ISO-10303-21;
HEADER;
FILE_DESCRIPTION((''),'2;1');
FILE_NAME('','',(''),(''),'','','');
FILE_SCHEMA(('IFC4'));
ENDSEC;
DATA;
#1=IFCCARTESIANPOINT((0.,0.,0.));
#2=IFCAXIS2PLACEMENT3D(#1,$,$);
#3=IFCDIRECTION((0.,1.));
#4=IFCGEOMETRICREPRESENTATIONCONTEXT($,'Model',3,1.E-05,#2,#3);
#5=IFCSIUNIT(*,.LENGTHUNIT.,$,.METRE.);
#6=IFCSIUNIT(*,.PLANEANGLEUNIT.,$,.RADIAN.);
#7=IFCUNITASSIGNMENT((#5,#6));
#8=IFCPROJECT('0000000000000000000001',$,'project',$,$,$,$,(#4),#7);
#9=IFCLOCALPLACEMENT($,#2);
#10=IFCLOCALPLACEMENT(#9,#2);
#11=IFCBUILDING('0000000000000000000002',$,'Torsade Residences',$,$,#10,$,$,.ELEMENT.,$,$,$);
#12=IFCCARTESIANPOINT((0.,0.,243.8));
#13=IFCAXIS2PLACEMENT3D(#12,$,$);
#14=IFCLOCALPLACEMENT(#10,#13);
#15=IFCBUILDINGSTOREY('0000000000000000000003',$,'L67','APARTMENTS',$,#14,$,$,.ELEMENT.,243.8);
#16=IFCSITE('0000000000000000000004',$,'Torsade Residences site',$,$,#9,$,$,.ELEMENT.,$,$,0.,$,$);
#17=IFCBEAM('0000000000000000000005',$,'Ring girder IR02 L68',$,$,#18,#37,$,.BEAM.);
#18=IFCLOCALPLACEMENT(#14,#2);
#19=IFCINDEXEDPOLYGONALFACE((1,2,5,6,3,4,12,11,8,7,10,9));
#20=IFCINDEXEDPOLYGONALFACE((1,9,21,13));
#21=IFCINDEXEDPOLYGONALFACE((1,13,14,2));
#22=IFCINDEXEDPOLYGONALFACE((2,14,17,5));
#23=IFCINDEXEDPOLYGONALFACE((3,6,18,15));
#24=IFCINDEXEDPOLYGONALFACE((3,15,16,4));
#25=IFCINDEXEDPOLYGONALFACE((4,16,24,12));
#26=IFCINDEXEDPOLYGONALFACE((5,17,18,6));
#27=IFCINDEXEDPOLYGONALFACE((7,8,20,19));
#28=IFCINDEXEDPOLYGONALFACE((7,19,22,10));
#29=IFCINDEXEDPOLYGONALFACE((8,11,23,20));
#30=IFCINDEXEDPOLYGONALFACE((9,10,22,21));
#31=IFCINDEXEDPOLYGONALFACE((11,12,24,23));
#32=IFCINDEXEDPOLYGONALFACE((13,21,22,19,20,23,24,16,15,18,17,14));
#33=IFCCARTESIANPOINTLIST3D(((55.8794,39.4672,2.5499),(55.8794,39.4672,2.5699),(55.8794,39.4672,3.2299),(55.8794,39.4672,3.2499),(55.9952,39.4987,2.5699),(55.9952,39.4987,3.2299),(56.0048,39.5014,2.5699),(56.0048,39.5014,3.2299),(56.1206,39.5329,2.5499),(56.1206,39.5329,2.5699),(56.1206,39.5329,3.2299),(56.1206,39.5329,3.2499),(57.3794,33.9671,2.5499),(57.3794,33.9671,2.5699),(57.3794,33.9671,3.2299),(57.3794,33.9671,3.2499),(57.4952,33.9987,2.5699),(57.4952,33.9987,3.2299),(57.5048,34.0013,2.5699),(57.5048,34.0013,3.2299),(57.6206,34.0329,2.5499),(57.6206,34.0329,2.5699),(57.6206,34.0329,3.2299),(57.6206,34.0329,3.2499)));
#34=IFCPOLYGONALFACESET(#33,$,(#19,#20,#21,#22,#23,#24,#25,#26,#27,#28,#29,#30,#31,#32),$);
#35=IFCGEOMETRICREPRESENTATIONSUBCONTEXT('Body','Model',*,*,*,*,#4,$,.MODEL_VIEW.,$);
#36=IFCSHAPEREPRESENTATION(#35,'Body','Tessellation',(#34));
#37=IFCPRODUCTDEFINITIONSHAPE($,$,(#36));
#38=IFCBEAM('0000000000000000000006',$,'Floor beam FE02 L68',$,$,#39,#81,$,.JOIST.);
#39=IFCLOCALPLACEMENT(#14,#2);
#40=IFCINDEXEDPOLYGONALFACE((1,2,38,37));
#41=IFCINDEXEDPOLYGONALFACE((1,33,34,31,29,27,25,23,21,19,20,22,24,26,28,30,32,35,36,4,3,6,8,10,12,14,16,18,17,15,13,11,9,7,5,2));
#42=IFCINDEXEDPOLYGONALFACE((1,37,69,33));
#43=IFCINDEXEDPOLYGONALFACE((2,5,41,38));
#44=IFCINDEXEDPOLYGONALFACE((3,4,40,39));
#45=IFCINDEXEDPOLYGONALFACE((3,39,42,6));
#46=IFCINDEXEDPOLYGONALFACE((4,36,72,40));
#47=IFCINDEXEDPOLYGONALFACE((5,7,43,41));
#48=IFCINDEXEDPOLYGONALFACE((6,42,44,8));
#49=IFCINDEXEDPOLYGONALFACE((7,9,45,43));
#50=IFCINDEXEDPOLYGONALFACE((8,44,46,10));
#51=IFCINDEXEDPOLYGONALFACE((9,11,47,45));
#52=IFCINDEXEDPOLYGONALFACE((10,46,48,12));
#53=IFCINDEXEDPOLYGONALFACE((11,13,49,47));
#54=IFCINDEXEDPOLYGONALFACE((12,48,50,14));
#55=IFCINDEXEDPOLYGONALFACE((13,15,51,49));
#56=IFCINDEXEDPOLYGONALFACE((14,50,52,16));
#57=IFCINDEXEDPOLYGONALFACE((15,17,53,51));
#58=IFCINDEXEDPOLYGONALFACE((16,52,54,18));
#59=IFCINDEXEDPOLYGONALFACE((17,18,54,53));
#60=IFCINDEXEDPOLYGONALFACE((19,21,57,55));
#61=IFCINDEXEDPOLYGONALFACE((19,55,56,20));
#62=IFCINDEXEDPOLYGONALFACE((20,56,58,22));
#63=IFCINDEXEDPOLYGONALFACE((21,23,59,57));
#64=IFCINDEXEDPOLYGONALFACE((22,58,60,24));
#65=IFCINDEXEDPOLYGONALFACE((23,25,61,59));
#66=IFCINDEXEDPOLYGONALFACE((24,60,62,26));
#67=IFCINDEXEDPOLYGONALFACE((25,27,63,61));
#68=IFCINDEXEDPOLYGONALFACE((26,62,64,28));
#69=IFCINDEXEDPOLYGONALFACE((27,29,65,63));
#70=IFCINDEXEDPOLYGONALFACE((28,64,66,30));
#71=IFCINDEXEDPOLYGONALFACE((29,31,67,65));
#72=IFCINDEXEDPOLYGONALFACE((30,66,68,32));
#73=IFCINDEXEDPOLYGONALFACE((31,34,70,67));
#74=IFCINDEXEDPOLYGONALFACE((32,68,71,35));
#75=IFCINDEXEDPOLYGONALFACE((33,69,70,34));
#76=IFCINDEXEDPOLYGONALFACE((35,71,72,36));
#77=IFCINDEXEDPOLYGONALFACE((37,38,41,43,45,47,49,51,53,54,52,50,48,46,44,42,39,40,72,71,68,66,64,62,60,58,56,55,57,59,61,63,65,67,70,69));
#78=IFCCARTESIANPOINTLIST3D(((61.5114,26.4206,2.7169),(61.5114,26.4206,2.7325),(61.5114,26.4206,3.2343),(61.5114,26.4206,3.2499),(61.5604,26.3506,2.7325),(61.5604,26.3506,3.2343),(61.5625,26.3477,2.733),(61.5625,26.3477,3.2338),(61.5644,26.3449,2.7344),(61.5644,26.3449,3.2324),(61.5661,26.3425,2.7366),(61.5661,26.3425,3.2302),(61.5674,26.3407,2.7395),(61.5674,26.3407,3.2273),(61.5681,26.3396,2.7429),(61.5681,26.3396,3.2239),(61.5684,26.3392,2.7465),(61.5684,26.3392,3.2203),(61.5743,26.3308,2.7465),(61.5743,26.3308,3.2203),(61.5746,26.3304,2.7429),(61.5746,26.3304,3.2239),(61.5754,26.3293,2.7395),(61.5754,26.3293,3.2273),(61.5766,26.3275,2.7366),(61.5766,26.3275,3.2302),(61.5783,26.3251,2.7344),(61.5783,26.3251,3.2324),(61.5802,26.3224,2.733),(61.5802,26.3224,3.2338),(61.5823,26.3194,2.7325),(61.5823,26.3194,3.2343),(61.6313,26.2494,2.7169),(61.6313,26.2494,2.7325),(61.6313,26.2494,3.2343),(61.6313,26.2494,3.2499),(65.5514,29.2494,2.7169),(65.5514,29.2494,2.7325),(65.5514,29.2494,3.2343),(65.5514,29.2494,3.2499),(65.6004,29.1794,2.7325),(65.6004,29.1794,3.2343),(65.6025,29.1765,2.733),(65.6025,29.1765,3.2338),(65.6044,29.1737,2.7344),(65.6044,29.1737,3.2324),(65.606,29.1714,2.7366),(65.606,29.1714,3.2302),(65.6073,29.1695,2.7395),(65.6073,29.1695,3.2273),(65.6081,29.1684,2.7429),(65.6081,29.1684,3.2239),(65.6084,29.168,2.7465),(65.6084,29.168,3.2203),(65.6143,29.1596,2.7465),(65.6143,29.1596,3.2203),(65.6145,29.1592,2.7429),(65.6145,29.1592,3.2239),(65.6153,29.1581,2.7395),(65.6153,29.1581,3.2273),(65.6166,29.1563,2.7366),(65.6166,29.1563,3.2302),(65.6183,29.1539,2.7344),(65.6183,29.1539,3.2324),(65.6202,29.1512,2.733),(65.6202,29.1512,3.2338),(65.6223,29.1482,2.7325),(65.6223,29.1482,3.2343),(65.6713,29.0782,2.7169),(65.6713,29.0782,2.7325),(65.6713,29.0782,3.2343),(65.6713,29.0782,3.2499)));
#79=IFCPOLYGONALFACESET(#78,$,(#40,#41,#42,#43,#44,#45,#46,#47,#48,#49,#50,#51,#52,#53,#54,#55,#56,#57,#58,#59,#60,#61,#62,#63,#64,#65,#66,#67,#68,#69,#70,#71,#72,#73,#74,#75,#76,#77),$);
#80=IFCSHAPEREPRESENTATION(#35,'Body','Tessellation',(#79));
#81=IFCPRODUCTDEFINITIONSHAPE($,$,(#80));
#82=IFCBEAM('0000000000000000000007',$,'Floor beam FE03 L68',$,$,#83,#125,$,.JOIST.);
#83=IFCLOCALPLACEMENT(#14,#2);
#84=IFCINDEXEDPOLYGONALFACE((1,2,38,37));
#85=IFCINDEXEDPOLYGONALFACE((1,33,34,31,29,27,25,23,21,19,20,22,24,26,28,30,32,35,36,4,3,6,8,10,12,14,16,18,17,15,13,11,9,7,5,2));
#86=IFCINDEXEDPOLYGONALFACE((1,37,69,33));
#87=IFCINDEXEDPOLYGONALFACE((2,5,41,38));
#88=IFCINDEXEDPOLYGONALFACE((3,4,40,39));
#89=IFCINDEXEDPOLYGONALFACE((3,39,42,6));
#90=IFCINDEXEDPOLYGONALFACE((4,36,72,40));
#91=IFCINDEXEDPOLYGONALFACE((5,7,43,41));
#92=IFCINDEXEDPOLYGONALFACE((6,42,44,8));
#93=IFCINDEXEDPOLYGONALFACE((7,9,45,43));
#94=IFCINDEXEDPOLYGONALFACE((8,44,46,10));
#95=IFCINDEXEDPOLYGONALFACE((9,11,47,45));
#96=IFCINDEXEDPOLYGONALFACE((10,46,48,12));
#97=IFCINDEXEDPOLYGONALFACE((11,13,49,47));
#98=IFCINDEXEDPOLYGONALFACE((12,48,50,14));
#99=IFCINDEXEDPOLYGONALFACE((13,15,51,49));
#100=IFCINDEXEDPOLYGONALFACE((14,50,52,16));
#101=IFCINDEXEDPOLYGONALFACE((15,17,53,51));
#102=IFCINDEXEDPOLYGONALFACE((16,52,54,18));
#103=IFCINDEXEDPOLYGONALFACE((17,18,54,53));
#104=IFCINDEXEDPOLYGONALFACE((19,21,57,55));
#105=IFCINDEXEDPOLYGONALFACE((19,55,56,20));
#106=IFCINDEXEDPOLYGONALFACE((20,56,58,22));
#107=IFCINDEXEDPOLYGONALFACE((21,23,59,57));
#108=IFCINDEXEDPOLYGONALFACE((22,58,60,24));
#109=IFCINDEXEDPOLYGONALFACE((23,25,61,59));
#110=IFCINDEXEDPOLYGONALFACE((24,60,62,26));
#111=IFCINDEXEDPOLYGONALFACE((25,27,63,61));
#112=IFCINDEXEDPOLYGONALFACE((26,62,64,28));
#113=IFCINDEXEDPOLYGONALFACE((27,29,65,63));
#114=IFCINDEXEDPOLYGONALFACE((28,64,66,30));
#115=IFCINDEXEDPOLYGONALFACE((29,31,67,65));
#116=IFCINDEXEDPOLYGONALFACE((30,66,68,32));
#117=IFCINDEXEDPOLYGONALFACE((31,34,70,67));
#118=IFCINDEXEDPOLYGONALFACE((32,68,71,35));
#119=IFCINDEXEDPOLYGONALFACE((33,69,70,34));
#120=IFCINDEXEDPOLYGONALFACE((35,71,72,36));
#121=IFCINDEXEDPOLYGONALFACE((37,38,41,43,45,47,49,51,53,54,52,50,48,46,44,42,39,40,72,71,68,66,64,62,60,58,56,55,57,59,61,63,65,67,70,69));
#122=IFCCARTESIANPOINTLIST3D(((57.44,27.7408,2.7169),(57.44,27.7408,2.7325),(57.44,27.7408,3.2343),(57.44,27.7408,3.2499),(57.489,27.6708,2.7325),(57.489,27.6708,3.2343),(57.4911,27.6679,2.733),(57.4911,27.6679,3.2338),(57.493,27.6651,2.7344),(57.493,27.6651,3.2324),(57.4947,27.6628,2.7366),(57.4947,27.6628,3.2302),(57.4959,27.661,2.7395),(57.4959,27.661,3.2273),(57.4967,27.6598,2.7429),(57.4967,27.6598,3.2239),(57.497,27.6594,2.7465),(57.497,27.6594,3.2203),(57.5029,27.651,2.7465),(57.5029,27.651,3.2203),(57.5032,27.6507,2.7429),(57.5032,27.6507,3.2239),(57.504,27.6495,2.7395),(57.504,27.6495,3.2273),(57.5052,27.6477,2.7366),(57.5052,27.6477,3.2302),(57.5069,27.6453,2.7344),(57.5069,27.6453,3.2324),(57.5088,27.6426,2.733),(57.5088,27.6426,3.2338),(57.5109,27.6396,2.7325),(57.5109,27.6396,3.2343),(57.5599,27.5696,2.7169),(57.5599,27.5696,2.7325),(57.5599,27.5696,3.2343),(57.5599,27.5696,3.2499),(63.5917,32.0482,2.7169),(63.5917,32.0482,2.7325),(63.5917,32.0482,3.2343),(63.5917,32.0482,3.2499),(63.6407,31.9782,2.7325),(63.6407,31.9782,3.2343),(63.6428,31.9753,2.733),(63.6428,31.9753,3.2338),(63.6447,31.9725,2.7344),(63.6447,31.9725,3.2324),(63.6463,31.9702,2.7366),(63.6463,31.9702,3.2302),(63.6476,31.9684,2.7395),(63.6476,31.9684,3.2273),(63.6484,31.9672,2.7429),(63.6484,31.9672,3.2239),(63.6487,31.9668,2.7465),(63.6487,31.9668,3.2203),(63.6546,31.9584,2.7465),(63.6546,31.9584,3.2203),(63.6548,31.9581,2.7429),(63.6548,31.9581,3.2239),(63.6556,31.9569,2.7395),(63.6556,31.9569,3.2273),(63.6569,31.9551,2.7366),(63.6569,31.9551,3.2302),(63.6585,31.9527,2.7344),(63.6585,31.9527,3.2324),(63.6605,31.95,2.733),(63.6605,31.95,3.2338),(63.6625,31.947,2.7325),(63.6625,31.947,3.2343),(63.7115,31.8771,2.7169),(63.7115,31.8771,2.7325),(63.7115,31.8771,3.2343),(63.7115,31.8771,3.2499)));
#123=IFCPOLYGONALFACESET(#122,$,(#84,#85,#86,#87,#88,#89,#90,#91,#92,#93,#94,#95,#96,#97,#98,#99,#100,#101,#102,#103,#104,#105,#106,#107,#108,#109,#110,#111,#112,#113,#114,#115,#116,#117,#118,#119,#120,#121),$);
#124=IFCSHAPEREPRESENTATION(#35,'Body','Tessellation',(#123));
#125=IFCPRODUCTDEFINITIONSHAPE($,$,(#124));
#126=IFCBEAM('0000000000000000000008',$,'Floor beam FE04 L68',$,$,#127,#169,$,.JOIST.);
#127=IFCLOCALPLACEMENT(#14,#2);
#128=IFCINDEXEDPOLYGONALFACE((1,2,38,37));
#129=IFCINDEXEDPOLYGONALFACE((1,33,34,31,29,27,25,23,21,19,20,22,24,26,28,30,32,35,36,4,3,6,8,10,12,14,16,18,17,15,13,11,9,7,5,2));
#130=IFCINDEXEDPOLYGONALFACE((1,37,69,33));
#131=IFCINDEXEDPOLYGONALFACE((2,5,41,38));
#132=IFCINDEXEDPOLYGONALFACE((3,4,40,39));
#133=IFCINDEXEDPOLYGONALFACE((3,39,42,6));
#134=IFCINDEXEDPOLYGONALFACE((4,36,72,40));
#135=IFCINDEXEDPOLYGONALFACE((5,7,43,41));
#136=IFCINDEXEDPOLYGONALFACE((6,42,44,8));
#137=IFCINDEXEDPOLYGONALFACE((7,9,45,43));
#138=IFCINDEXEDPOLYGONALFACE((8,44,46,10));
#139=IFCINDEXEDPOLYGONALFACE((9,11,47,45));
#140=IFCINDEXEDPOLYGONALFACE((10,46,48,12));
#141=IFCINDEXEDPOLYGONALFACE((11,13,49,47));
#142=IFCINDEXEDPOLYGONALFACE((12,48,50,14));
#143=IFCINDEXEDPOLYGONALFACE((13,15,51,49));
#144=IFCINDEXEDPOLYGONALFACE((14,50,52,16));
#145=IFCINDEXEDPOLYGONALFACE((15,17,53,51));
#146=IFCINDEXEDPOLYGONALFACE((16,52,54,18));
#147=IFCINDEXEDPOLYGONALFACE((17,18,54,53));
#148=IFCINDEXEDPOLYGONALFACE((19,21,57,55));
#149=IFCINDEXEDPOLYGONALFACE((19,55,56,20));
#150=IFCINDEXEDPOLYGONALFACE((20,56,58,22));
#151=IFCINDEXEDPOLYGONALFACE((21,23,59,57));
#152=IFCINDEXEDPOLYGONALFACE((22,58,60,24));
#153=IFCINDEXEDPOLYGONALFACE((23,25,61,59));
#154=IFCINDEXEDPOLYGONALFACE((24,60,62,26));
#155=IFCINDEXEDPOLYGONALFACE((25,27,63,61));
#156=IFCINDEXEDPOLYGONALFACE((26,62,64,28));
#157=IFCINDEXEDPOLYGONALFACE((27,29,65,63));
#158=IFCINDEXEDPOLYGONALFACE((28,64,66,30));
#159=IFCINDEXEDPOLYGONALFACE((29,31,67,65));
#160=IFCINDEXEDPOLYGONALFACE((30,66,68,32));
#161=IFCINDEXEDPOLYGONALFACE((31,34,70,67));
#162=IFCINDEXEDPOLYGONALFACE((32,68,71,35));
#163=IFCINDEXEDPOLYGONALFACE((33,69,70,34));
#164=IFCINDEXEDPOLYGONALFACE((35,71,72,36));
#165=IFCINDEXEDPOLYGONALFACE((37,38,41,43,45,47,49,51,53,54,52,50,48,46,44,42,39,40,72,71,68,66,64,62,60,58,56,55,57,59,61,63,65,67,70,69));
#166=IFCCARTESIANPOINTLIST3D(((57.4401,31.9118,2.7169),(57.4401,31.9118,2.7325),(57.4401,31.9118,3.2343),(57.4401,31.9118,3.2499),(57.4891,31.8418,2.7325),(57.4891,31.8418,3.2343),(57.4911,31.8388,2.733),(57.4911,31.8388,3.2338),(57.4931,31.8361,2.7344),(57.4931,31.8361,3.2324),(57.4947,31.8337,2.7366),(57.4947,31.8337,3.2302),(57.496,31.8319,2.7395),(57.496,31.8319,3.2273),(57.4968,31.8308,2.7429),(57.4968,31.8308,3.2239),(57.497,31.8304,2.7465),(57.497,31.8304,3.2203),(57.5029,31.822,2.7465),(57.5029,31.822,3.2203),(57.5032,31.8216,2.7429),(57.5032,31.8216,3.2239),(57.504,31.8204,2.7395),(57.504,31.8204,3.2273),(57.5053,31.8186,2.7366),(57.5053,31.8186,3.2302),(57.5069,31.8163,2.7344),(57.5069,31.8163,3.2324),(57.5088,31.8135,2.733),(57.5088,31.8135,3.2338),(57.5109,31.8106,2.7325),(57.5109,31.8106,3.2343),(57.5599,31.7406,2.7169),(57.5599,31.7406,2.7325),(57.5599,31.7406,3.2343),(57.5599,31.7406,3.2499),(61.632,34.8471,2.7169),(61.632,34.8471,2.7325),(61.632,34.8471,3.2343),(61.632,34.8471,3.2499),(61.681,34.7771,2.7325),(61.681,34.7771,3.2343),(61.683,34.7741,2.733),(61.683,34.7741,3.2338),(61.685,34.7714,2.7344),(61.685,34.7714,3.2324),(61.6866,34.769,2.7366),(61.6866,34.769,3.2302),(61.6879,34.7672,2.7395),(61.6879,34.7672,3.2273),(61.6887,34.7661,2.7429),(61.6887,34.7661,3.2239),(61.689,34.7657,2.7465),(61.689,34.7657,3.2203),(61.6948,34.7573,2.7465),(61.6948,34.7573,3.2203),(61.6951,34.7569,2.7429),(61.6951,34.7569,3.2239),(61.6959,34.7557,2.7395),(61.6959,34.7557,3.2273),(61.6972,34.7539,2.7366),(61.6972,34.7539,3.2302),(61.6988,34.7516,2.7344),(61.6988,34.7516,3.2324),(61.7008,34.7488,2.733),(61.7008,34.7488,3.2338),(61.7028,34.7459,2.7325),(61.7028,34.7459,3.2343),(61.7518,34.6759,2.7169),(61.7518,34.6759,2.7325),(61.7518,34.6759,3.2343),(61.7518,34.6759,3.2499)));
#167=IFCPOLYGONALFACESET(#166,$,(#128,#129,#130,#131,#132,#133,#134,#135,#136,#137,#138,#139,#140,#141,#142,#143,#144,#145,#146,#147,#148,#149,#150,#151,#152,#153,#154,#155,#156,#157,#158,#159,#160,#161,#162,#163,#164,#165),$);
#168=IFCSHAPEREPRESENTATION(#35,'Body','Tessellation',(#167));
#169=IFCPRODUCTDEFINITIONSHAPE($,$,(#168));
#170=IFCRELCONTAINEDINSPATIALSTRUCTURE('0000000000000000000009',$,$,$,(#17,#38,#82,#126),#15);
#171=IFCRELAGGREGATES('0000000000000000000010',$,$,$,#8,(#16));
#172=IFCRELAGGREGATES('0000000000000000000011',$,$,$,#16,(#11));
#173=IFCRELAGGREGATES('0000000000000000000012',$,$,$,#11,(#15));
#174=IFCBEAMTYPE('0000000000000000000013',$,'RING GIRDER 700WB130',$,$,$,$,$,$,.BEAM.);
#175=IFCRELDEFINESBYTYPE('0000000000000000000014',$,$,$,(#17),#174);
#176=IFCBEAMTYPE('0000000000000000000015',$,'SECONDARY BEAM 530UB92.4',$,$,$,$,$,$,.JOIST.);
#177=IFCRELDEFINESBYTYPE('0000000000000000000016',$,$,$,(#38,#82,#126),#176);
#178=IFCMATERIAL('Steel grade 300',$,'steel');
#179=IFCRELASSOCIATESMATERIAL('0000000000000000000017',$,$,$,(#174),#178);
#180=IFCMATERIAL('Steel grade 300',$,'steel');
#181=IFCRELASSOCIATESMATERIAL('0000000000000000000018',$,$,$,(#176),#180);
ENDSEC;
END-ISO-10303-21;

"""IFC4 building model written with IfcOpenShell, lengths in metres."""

from ifc_helpers import new_model, si_unit, direction, frame, origin, origin_2d, place, context, subcontext, project, spatial, i_section, extrude, material, material_profile, profile_set, type_object, element, save


model = new_model("IFC4")

# Units and contexts
model_context = context("Model", 3, precision=1e-05, world=origin(), true_north=direction((0.0, 1.0)))
body_context = subcontext(model_context, "Body", "Model", "MODEL_VIEW")
ifc_project = project(units=[si_unit("LENGTHUNIT", "METRE"), si_unit("PLANEANGLEUNIT", "RADIAN")], contexts=[model_context])

# Site, building, storey
site_placement = place(None, origin())
site = spatial("IfcSite", under=ifc_project, at=site_placement, Name="Torsade Residences site", CompositionType="ELEMENT", RefElevation=0.0)
building_placement = place(site_placement, origin())
building = spatial("IfcBuilding", under=site, at=building_placement, Name="Torsade Residences", CompositionType="ELEMENT")
storey_placement = place(building_placement, frame((0.0, 0.0, 243.8)))
storey = spatial("IfcBuildingStorey", under=building, at=storey_placement, Name="L67", Description="APARTMENTS", CompositionType="ELEMENT", Elevation=243.8)

# Beams
ifc_material_1 = material(Name="Steel grade 300", Category="steel")
ifc_material_profile_1 = material_profile(ifc_material_1, i_section(OverallWidth=0.25, OverallDepth=0.7, WebThickness=0.01, FlangeThickness=0.02, at=origin_2d()), Name="700WB130")
ifc_profile_set_1 = profile_set([ifc_material_profile_1], Name="Steel grade 300")
beam_type_1 = type_object("IfcBeamType", Name="RING GIRDER 700WB130", PredefinedType="BEAM", material=ifc_profile_set_1)
beam_1_placement = place(storey_placement, frame((57.5, 34.0, 2.8999), z_axis=(-0.263117, 0.964764, 0.0), x_axis=(-0.964764, -0.263117, 0.0)))
element("IfcBeam", 1, at=beam_1_placement, inside=storey, type_object=beam_type_1, Name="Ring girder IR02 L68", PredefinedType="BEAM", context=body_context, shape_type="SweptSolid", body=[
    extrude(i_section(OverallWidth=0.25, OverallDepth=0.7, WebThickness=0.01, FlangeThickness=0.02, at=origin_2d()), origin(), (0.0, 0.0, 1.0), 5.7009),
])
ifc_material_2 = material(Name="Steel grade 300", Category="steel")
ifc_material_profile_2 = material_profile(ifc_material_2, i_section(OverallWidth=0.209, OverallDepth=0.533, WebThickness=0.0103, FlangeThickness=0.0156, FilletRadius=0.0139, at=origin_2d()), Name="530UB92.4")
ifc_profile_set_2 = profile_set([ifc_material_profile_2], Name="Steel grade 300")
beam_type_2 = type_object("IfcBeamType", Name="SECONDARY BEAM 530UB92.4", PredefinedType="JOIST", material=ifc_profile_set_2)
beam_2_placement = place(storey_placement, frame((65.6113, 29.1638, 2.9834), z_axis=(-0.819153, -0.573575, 0.0), x_axis=(0.573575, -0.819153, 0.0)))
element("IfcBeam", 2, at=beam_2_placement, inside=storey, type_object=beam_type_2, Name="Floor beam FE02 L68", PredefinedType="JOIST", context=body_context, shape_type="SweptSolid", body=[
    extrude(i_section(OverallWidth=0.209, OverallDepth=0.533, WebThickness=0.0103, FlangeThickness=0.0156, FilletRadius=0.0139, at=origin_2d()), origin(), (0.0, 0.0, 1.0), 4.9319),
])
beam_3_placement = place(storey_placement, frame((63.6516, 31.9626, 2.9834), z_axis=(-0.819154, -0.573574, 0.0), x_axis=(0.573574, -0.819154, 0.0)))
element("IfcBeam", 3, at=beam_3_placement, inside=storey, type_object=beam_type_2, Name="Floor beam FE03 L68", PredefinedType="JOIST", context=body_context, shape_type="SweptSolid", body=[
    extrude(i_section(OverallWidth=0.209, OverallDepth=0.533, WebThickness=0.0103, FlangeThickness=0.0156, FilletRadius=0.0139, at=origin_2d()), origin(), (0.0, 0.0, 1.0), 7.5098),
])
beam_4_placement = place(storey_placement, frame((61.6919, 34.7615, 2.9834), z_axis=(-0.819142, -0.57359, 0.0), x_axis=(0.57359, -0.819142, 0.0)))
element("IfcBeam", 4, at=beam_4_placement, inside=storey, type_object=beam_type_2, Name="Floor beam FE04 L68", PredefinedType="JOIST", context=body_context, shape_type="SweptSolid", body=[
    extrude(i_section(OverallWidth=0.209, OverallDepth=0.533, WebThickness=0.0103, FlangeThickness=0.0156, FilletRadius=0.0139, at=origin_2d()), origin(), (0.0, 0.0, 1.0), 5.1174),
])

save(model, "model.ifc")
